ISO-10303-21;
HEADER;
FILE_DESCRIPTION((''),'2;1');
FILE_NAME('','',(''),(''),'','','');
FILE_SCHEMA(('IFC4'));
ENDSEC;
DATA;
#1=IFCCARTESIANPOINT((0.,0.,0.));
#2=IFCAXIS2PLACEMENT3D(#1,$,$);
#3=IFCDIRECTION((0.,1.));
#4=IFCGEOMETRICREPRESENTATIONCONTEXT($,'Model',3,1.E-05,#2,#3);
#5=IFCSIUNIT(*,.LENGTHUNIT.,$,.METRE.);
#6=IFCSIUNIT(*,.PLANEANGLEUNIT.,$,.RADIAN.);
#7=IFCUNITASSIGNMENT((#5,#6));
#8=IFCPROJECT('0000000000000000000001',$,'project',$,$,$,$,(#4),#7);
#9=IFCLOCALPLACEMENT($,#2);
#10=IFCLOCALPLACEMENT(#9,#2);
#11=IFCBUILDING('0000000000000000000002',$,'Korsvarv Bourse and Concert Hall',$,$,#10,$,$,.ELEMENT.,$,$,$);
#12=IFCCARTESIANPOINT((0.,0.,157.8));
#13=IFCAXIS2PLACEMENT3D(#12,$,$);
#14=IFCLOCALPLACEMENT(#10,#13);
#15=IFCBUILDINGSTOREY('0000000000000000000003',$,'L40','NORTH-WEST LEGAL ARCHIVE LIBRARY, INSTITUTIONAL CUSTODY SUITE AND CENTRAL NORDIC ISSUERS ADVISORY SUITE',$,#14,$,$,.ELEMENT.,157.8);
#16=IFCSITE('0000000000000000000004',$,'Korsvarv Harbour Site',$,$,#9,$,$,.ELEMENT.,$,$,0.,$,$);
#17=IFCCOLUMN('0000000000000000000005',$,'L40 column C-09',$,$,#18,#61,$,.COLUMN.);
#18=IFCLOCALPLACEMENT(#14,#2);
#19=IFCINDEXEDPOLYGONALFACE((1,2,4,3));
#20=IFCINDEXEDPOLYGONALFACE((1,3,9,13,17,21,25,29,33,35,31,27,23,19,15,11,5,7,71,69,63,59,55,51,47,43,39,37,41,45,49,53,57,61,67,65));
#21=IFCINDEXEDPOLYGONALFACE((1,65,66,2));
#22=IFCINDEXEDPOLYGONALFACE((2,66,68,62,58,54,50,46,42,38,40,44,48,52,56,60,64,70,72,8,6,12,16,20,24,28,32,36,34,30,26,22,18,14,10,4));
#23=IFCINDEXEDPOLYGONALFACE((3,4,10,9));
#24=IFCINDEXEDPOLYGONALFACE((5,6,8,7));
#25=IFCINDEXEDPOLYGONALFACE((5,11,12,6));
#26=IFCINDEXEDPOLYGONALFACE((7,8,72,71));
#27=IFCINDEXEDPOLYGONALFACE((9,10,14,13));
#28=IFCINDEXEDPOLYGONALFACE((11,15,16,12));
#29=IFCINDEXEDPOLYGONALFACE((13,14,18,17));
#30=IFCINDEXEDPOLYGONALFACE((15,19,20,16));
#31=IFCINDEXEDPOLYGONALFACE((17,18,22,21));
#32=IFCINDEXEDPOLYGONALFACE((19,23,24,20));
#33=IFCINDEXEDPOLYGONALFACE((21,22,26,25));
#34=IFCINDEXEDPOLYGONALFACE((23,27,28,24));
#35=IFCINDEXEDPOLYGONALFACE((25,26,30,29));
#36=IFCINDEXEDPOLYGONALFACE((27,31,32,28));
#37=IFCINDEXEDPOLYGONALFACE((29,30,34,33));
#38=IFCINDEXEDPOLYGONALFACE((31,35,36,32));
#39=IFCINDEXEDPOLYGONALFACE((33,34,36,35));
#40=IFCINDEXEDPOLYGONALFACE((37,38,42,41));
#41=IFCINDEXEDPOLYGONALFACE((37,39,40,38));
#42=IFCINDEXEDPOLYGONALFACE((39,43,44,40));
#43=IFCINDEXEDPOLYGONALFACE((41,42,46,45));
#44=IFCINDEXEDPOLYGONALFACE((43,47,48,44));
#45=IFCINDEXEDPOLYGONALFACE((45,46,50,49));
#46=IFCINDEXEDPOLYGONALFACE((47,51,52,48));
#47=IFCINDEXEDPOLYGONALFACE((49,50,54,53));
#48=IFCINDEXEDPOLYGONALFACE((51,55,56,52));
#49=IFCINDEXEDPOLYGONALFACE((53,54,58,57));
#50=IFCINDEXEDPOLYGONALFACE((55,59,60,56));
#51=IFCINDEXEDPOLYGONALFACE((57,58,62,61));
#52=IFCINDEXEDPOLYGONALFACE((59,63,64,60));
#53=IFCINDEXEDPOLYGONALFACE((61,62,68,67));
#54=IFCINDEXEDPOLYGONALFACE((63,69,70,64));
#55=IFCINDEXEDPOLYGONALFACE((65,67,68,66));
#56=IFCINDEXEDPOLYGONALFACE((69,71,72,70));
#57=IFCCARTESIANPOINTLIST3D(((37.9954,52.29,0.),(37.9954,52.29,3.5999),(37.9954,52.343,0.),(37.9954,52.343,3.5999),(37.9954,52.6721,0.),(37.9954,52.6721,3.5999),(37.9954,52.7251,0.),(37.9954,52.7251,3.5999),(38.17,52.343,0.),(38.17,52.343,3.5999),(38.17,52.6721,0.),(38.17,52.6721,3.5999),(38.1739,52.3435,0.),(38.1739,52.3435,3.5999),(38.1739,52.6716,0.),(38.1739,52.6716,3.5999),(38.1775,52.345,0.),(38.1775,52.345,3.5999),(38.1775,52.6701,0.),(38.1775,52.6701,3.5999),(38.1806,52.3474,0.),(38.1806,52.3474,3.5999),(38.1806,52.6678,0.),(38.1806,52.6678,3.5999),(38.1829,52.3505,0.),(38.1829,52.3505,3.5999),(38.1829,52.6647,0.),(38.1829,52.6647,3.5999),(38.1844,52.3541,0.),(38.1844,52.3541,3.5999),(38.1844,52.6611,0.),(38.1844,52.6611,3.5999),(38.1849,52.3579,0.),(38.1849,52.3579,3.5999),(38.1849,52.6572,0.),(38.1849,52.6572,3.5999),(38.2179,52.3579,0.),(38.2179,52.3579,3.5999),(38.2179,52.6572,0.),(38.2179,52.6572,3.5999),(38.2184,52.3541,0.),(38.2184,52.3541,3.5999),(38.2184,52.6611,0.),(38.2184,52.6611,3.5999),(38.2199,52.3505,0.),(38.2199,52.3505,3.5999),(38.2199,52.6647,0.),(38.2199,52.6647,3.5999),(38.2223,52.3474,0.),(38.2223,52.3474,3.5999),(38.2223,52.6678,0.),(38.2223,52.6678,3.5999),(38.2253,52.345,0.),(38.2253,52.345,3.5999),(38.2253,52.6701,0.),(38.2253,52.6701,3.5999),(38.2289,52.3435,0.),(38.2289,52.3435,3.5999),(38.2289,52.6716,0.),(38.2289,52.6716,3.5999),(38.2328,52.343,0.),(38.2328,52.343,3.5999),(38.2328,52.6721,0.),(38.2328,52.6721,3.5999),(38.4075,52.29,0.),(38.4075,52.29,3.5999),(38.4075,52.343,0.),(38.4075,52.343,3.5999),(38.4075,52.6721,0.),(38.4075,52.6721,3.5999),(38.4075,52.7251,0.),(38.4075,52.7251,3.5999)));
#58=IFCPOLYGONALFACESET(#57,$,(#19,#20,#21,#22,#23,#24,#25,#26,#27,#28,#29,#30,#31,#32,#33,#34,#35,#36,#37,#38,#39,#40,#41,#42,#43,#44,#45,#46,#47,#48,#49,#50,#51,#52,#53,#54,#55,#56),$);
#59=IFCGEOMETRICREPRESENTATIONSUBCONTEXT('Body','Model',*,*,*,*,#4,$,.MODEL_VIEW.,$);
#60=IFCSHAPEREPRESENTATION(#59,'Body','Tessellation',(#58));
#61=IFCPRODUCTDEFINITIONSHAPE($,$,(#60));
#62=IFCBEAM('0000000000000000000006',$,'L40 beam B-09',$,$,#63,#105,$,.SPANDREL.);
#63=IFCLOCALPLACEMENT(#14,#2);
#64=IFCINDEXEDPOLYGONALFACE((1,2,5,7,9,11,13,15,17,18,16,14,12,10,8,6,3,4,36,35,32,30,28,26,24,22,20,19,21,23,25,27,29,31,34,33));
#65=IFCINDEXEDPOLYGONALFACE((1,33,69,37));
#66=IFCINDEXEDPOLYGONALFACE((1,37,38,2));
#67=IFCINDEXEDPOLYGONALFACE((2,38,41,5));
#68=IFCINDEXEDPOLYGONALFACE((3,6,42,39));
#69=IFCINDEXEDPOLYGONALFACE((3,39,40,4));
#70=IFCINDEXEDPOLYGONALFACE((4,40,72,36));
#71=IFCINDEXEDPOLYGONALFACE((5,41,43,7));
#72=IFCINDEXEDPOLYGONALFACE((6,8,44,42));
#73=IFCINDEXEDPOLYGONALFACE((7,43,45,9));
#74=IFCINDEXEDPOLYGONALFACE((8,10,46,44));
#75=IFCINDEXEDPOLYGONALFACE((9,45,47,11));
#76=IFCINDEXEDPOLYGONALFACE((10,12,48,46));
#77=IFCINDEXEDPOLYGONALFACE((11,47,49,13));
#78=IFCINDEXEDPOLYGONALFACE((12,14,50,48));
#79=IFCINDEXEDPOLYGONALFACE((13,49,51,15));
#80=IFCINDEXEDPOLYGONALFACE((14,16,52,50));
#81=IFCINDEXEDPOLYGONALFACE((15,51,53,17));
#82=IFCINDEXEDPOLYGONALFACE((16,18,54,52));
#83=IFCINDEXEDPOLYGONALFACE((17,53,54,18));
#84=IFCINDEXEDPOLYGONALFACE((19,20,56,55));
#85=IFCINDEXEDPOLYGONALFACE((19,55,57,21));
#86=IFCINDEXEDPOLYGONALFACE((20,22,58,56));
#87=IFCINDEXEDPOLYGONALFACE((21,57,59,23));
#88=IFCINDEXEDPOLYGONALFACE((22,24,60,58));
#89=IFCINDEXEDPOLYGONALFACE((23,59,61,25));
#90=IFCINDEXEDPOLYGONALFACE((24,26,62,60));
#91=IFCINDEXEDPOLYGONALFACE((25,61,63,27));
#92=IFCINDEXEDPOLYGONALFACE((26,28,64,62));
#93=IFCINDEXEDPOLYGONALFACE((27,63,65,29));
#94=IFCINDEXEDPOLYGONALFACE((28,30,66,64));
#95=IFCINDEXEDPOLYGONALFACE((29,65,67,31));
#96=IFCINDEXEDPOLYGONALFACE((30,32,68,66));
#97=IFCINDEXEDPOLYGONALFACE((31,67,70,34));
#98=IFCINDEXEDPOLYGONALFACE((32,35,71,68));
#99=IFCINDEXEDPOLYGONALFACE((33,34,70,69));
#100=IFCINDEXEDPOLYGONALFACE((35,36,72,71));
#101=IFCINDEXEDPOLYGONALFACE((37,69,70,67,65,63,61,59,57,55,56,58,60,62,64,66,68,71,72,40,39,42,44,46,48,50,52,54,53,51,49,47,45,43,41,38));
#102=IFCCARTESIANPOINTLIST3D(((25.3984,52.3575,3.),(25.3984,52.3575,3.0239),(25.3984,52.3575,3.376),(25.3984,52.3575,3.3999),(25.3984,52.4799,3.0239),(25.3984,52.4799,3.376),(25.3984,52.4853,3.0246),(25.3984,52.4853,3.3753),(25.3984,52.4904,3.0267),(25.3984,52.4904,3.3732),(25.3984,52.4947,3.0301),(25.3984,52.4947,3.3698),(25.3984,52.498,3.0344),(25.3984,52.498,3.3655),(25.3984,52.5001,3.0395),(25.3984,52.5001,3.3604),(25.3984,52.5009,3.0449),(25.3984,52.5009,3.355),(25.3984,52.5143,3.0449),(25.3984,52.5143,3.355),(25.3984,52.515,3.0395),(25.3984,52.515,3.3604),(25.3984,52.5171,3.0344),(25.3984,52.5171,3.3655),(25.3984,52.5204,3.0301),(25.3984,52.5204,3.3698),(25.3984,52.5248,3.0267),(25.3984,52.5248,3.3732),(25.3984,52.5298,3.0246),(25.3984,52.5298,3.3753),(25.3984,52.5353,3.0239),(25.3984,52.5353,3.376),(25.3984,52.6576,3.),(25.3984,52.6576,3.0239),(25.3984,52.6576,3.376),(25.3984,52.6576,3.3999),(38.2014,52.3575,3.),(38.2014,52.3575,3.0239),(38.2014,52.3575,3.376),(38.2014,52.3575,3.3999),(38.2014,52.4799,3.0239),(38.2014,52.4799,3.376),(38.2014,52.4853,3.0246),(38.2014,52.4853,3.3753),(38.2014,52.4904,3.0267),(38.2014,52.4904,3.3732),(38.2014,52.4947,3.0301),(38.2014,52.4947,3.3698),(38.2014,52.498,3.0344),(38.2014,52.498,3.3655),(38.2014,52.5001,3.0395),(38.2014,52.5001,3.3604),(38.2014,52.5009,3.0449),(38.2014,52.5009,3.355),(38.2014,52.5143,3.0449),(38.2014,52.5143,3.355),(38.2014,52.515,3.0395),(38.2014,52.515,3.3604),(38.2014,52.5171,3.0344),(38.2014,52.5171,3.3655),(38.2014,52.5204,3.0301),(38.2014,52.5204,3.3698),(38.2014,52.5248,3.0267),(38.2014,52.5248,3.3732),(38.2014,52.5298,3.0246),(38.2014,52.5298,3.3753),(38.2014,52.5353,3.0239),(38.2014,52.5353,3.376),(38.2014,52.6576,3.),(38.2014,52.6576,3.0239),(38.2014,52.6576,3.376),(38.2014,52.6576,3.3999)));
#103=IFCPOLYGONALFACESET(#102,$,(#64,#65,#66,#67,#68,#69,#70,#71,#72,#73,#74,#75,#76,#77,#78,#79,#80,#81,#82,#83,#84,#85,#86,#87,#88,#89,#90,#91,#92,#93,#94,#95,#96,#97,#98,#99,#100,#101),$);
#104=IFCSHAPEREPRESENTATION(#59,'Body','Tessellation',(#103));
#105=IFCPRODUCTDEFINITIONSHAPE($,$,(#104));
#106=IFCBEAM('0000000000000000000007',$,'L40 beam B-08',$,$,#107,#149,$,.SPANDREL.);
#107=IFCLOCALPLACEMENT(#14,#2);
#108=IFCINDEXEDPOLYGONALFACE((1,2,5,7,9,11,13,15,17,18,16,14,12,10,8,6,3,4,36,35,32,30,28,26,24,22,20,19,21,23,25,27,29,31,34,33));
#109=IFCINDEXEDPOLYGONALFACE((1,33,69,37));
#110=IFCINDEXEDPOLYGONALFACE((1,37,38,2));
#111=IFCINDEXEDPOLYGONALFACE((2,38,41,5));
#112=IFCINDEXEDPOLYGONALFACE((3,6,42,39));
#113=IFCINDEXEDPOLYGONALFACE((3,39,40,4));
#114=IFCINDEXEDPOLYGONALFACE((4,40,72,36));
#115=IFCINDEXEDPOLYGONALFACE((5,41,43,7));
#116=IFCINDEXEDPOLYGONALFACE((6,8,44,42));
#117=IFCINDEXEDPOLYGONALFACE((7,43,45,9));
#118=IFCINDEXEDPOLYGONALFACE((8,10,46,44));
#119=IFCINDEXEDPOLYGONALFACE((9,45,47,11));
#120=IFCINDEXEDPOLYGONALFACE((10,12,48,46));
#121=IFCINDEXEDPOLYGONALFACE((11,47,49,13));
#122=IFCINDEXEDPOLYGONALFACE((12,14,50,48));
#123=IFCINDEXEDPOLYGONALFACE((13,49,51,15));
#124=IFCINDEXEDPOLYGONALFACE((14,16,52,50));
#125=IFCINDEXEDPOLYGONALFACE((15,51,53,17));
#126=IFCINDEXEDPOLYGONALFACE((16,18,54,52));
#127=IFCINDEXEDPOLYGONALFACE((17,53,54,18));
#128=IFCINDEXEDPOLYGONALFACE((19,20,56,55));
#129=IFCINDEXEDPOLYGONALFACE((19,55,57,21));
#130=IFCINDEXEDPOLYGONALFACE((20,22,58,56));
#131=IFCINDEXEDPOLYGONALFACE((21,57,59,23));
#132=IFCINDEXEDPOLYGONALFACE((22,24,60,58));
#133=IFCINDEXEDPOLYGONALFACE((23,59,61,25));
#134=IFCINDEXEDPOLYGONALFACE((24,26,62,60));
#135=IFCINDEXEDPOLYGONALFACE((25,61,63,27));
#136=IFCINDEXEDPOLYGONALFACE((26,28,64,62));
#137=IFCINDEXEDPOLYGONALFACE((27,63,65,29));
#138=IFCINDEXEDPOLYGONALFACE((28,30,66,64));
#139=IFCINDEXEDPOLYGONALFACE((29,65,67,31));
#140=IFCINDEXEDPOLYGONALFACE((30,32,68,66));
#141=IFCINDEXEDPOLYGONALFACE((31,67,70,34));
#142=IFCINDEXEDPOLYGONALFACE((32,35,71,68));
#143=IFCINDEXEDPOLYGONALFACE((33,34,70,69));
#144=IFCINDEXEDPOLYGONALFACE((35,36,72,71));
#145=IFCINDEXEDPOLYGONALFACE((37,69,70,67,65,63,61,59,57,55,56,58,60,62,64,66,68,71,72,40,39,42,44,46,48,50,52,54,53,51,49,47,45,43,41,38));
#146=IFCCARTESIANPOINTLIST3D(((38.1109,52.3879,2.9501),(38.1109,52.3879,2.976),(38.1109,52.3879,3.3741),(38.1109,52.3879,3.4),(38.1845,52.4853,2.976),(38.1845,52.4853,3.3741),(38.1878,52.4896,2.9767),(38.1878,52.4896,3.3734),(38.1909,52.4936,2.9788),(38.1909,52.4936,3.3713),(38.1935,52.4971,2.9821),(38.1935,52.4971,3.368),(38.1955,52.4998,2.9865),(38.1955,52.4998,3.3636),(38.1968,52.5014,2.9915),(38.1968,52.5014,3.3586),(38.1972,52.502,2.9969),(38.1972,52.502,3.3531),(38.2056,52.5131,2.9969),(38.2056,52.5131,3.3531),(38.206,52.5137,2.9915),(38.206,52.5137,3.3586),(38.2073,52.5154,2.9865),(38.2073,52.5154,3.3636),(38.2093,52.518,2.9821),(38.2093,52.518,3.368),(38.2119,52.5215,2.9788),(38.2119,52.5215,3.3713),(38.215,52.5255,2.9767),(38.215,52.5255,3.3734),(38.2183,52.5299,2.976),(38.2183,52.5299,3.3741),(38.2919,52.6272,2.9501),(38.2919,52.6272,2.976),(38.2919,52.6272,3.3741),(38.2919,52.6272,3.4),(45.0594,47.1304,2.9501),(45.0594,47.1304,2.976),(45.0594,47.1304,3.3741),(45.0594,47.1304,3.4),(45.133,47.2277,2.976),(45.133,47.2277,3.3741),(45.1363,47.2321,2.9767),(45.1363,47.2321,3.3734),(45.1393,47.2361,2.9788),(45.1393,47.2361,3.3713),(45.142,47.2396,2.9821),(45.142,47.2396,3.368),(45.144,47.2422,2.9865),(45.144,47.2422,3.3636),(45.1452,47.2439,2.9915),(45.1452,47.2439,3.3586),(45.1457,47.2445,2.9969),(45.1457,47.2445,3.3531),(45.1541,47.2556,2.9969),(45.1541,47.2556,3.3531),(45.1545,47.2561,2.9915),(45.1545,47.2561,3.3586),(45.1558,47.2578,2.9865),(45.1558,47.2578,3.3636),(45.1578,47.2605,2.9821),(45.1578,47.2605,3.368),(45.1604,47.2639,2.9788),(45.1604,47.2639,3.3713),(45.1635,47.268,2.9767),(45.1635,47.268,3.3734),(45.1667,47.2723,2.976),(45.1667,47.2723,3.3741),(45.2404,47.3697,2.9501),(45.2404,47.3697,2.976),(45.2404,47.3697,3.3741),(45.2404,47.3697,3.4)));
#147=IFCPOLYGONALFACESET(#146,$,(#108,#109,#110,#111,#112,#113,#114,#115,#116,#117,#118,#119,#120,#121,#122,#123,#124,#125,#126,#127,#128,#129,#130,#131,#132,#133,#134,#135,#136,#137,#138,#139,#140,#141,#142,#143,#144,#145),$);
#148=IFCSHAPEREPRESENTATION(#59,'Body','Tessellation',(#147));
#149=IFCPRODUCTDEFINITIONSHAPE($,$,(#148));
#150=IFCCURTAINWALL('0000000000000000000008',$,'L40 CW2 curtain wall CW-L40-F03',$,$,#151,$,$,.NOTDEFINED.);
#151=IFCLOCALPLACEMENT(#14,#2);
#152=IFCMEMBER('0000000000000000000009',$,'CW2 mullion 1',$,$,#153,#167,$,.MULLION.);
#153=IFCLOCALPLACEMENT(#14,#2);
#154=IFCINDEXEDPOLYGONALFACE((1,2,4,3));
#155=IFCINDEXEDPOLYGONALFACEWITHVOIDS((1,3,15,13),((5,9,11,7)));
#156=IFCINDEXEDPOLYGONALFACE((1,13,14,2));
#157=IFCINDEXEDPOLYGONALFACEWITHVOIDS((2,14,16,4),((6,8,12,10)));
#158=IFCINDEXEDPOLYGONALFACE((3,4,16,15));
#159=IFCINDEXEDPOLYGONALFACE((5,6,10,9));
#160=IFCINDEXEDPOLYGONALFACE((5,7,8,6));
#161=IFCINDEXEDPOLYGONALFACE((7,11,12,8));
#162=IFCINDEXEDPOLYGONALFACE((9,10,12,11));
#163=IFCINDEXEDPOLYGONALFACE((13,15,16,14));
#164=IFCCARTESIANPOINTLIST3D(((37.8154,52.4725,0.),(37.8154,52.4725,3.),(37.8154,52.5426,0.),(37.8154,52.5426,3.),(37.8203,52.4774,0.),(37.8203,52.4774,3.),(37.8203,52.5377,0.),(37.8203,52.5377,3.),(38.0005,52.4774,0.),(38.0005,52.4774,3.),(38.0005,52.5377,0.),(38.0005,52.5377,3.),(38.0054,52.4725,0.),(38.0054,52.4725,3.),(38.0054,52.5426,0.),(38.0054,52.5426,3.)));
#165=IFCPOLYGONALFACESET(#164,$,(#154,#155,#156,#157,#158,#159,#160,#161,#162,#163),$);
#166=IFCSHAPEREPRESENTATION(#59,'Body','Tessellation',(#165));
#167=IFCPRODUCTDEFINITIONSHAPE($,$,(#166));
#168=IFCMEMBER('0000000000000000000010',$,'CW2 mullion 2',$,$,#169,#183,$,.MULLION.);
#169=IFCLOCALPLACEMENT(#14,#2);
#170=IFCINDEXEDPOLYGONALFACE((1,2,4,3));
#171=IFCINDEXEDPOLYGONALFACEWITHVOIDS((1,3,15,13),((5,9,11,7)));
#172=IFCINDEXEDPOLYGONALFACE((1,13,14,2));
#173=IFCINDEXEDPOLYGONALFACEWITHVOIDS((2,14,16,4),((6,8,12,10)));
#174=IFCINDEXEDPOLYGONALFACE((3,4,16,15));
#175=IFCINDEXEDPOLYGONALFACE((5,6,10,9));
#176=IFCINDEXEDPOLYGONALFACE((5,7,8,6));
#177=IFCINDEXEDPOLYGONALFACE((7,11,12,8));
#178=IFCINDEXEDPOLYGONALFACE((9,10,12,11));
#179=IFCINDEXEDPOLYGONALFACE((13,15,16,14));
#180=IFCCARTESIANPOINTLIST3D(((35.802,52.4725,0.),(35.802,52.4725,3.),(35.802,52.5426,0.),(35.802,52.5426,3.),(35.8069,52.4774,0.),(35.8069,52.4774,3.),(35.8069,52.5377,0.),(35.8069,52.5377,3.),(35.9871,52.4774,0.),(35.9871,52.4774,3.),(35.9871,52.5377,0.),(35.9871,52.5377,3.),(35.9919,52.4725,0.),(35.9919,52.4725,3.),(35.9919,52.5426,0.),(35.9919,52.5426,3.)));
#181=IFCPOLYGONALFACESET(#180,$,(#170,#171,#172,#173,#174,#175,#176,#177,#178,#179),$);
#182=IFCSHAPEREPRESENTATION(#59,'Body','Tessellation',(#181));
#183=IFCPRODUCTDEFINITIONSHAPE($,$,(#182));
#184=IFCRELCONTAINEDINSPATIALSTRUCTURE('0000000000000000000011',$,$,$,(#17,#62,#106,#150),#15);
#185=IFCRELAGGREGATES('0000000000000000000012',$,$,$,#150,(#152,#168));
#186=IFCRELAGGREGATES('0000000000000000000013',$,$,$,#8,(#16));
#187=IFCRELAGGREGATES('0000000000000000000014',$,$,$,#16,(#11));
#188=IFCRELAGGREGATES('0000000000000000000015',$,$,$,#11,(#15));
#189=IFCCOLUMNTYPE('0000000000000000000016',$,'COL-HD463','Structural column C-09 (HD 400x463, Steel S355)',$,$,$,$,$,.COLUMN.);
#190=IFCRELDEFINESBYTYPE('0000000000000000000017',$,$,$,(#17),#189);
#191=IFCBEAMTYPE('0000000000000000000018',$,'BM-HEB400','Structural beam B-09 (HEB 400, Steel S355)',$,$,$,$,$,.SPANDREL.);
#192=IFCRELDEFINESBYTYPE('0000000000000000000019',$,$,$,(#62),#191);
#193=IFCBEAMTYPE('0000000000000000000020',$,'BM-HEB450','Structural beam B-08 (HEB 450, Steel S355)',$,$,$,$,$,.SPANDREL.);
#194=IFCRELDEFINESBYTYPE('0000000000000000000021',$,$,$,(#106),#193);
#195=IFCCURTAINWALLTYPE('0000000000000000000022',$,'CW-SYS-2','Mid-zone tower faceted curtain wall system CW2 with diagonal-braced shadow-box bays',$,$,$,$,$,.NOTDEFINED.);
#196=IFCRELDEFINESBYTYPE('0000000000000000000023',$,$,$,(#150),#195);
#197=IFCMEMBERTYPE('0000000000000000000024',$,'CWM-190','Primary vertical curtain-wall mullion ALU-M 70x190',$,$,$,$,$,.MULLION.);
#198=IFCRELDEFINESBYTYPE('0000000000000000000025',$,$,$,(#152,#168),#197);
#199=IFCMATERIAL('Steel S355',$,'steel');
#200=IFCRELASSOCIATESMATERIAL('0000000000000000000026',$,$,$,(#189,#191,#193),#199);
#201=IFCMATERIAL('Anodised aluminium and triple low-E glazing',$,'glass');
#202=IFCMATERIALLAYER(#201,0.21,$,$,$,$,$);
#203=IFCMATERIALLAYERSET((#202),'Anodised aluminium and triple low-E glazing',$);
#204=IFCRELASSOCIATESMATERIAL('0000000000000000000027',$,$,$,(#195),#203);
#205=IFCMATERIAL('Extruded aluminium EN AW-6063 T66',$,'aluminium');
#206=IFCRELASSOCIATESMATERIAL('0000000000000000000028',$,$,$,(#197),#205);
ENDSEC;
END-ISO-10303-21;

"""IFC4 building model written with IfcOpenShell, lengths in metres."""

from ifc_helpers import new_model, si_unit, direction, frame, origin, origin_2d, place, context, subcontext, project, spatial, hollow_rectangle, i_section, extrude, source, transform, mapped, material, layer, layer_set, material_profile, profile_set, type_object, element, aggregate, save


model = new_model("IFC4")

# Units and contexts
model_context = context("Model", 3, precision=1e-05, world=origin(), true_north=direction((0.0, 1.0)))
body_context = subcontext(model_context, "Body", "Model", "MODEL_VIEW")
ifc_project = project(units=[si_unit("LENGTHUNIT", "METRE"), si_unit("PLANEANGLEUNIT", "RADIAN")], contexts=[model_context])

# Site, building, storey
site_placement = place(None, origin())
site = spatial("IfcSite", under=ifc_project, at=site_placement, Name="Korsvarv Harbour Site", CompositionType="ELEMENT", RefElevation=0.0)
building_placement = place(site_placement, origin())
building = spatial("IfcBuilding", under=site, at=building_placement, Name="Korsvarv Bourse and Concert Hall", CompositionType="ELEMENT")
storey_placement = place(building_placement, frame((0.0, 0.0, 157.8)))
storey = spatial("IfcBuildingStorey", under=building, at=storey_placement, Name="L40", Description="NORTH-WEST LEGAL ARCHIVE LIBRARY, INSTITUTIONAL CUSTODY SUITE AND CENTRAL NORDIC ISSUERS ADVISORY SUITE", CompositionType="ELEMENT", Elevation=157.8)

# Column
ifc_material_1 = material(Name="Steel S355", Category="steel")
ifc_material_profile_1 = material_profile(ifc_material_1, i_section(OverallWidth=0.4121, OverallDepth=0.4351, WebThickness=0.033, FlangeThickness=0.053, FilletRadius=0.0149, at=origin_2d()), Name="HD 400x463")
ifc_profile_set_1 = profile_set([ifc_material_profile_1], Name="Steel S355")
column_type = type_object("IfcColumnType", Name="COL-HD463", Description="Structural column C-09 (HD 400x463, Steel S355)", PredefinedType="COLUMN", material=ifc_profile_set_1)
shared_shape_1 = source(origin(), body_context, "Body", "SweptSolid", [
    extrude(i_section(OverallWidth=0.4121, OverallDepth=0.4351, WebThickness=0.033, FlangeThickness=0.053, FilletRadius=0.0149, at=origin_2d()), origin(), (0.0, 0.0, 1.0), 3.5999),
])
column_placement = place(storey_placement, frame((38.2014, 52.5076, 0.0), z_axis=(0.0, 0.0, 1.0), x_axis=(1.0, 0.0, 0.0)))
element("IfcColumn", 1, at=column_placement, inside=storey, type_object=column_type, Name="L40 column C-09", PredefinedType="COLUMN", context=body_context, shape_type="MappedRepresentation", body=[
    mapped(shared_shape_1, transform((0.0, 0.0, 0.0), scale=1.0)),
])

# Beams
ifc_material_profile_2 = material_profile(ifc_material_1, i_section(OverallWidth=0.3, OverallDepth=0.3999, WebThickness=0.0134, FlangeThickness=0.0239, FilletRadius=0.021, at=origin_2d()), Name="HEB 400")
ifc_profile_set_2 = profile_set([ifc_material_profile_2], Name="Steel S355")
beam_type_1 = type_object("IfcBeamType", Name="BM-HEB400", Description="Structural beam B-09 (HEB 400, Steel S355)", PredefinedType="SPANDREL", material=ifc_profile_set_2)
shared_shape_2 = source(origin(), body_context, "Body", "SweptSolid", [
    extrude(i_section(OverallWidth=0.3, OverallDepth=0.3999, WebThickness=0.0134, FlangeThickness=0.0239, FilletRadius=0.021, at=origin_2d()), origin(), (0.0, 0.0, 1.0), 12.803),
])
beam_1_placement = place(storey_placement, frame((38.2014, 52.5076, 3.2), z_axis=(-1.0, 0.0, 0.0), x_axis=(0.0, -1.0, 0.0)))
element("IfcBeam", 2, at=beam_1_placement, inside=storey, type_object=beam_type_1, Name="L40 beam B-09", PredefinedType="SPANDREL", context=body_context, shape_type="MappedRepresentation", body=[
    mapped(shared_shape_2, transform((0.0, 0.0, 0.0), scale=1.0)),
])
ifc_material_profile_3 = material_profile(ifc_material_1, i_section(OverallWidth=0.3, OverallDepth=0.45, WebThickness=0.0139, FlangeThickness=0.0259, FilletRadius=0.021, at=origin_2d()), Name="HEB 450")
ifc_profile_set_3 = profile_set([ifc_material_profile_3], Name="Steel S355")
beam_type_2 = type_object("IfcBeamType", Name="BM-HEB450", Description="Structural beam B-08 (HEB 450, Steel S355)", PredefinedType="SPANDREL", material=ifc_profile_set_3)
shared_shape_3 = source(origin(), body_context, "Body", "SweptSolid", [
    extrude(i_section(OverallWidth=0.3, OverallDepth=0.45, WebThickness=0.0139, FlangeThickness=0.0259, FilletRadius=0.021, at=origin_2d()), origin(), (0.0, 0.0, 1.0), 8.7134),
])
beam_2_placement = place(storey_placement, frame((38.2014, 52.5076, 3.175), z_axis=(0.797448, -0.603388, 0.0), x_axis=(0.603388, 0.797448, 0.0)))
element("IfcBeam", 3, at=beam_2_placement, inside=storey, type_object=beam_type_2, Name="L40 beam B-08", PredefinedType="SPANDREL", context=body_context, shape_type="MappedRepresentation", body=[
    mapped(shared_shape_3, transform((0.0, 0.0, 0.0), scale=1.0)),
])

# Curtain wall, members
ifc_material_2 = material(Name="Anodised aluminium and triple low-E glazing", Category="glass")
ifc_layer_1 = layer(ifc_material_2, 0.21)
ifc_layer_set_1 = layer_set([ifc_layer_1], Name="Anodised aluminium and triple low-E glazing")
curtain_wall_type = type_object("IfcCurtainWallType", Name="CW-SYS-2", Description="Mid-zone tower faceted curtain wall system CW2 with diagonal-braced shadow-box bays", PredefinedType="NOTDEFINED", material=ifc_layer_set_1)
curtain_wall_placement = place(storey_placement, origin())
curtain_wall = element("IfcCurtainWall", 4, at=curtain_wall_placement, inside=storey, type_object=curtain_wall_type, Name="L40 CW2 curtain wall CW-L40-F03", PredefinedType="NOTDEFINED")
ifc_material_3 = material(Name="Extruded aluminium EN AW-6063 T66", Category="aluminium")
ifc_material_profile_4 = material_profile(ifc_material_3, hollow_rectangle(XDim=0.0701, YDim=0.1899, WallThickness=0.0049, at=origin_2d()), Name="ALU-M 70x190")
ifc_profile_set_4 = profile_set([ifc_material_profile_4], Name="Extruded aluminium EN AW-6063 T66")
member_type_1 = type_object("IfcMemberType", Name="CWM-190", Description="Primary vertical curtain-wall mullion ALU-M 70x190", PredefinedType="MULLION", material=ifc_profile_set_4)
shared_shape_4 = source(origin(), body_context, "Body", "SweptSolid", [
    extrude(hollow_rectangle(XDim=0.0701, YDim=0.1899, WallThickness=0.0049, at=origin_2d()), origin(), (0.0, 0.0, 1.0), 3.0),
])
member_1_placement = place(storey_placement, frame((37.9104, 52.5076, 0.0), z_axis=(0.0, 0.0, 1.0), x_axis=(0.0, -1.0, 0.0)))
member_1 = element("IfcMember", 5, at=member_1_placement, type_object=member_type_1, Name="CW2 mullion 1", PredefinedType="MULLION", context=body_context, shape_type="MappedRepresentation", body=[
    mapped(shared_shape_4, transform((0.0, 0.0, 0.0), scale=1.0)),
])
member_2_placement = place(storey_placement, frame((35.897, 52.5076, 0.0), z_axis=(0.0, 0.0, 1.0), x_axis=(0.0, -1.0, 0.0)))
member_2 = element("IfcMember", 6, at=member_2_placement, type_object=member_type_1, Name="CW2 mullion 2", PredefinedType="MULLION", context=body_context, shape_type="MappedRepresentation", body=[
    mapped(shared_shape_4, transform((0.0, 0.0, 0.0), scale=1.0)),
])
aggregate(curtain_wall, [member_1, member_2])

save(model, "model.ifc")
